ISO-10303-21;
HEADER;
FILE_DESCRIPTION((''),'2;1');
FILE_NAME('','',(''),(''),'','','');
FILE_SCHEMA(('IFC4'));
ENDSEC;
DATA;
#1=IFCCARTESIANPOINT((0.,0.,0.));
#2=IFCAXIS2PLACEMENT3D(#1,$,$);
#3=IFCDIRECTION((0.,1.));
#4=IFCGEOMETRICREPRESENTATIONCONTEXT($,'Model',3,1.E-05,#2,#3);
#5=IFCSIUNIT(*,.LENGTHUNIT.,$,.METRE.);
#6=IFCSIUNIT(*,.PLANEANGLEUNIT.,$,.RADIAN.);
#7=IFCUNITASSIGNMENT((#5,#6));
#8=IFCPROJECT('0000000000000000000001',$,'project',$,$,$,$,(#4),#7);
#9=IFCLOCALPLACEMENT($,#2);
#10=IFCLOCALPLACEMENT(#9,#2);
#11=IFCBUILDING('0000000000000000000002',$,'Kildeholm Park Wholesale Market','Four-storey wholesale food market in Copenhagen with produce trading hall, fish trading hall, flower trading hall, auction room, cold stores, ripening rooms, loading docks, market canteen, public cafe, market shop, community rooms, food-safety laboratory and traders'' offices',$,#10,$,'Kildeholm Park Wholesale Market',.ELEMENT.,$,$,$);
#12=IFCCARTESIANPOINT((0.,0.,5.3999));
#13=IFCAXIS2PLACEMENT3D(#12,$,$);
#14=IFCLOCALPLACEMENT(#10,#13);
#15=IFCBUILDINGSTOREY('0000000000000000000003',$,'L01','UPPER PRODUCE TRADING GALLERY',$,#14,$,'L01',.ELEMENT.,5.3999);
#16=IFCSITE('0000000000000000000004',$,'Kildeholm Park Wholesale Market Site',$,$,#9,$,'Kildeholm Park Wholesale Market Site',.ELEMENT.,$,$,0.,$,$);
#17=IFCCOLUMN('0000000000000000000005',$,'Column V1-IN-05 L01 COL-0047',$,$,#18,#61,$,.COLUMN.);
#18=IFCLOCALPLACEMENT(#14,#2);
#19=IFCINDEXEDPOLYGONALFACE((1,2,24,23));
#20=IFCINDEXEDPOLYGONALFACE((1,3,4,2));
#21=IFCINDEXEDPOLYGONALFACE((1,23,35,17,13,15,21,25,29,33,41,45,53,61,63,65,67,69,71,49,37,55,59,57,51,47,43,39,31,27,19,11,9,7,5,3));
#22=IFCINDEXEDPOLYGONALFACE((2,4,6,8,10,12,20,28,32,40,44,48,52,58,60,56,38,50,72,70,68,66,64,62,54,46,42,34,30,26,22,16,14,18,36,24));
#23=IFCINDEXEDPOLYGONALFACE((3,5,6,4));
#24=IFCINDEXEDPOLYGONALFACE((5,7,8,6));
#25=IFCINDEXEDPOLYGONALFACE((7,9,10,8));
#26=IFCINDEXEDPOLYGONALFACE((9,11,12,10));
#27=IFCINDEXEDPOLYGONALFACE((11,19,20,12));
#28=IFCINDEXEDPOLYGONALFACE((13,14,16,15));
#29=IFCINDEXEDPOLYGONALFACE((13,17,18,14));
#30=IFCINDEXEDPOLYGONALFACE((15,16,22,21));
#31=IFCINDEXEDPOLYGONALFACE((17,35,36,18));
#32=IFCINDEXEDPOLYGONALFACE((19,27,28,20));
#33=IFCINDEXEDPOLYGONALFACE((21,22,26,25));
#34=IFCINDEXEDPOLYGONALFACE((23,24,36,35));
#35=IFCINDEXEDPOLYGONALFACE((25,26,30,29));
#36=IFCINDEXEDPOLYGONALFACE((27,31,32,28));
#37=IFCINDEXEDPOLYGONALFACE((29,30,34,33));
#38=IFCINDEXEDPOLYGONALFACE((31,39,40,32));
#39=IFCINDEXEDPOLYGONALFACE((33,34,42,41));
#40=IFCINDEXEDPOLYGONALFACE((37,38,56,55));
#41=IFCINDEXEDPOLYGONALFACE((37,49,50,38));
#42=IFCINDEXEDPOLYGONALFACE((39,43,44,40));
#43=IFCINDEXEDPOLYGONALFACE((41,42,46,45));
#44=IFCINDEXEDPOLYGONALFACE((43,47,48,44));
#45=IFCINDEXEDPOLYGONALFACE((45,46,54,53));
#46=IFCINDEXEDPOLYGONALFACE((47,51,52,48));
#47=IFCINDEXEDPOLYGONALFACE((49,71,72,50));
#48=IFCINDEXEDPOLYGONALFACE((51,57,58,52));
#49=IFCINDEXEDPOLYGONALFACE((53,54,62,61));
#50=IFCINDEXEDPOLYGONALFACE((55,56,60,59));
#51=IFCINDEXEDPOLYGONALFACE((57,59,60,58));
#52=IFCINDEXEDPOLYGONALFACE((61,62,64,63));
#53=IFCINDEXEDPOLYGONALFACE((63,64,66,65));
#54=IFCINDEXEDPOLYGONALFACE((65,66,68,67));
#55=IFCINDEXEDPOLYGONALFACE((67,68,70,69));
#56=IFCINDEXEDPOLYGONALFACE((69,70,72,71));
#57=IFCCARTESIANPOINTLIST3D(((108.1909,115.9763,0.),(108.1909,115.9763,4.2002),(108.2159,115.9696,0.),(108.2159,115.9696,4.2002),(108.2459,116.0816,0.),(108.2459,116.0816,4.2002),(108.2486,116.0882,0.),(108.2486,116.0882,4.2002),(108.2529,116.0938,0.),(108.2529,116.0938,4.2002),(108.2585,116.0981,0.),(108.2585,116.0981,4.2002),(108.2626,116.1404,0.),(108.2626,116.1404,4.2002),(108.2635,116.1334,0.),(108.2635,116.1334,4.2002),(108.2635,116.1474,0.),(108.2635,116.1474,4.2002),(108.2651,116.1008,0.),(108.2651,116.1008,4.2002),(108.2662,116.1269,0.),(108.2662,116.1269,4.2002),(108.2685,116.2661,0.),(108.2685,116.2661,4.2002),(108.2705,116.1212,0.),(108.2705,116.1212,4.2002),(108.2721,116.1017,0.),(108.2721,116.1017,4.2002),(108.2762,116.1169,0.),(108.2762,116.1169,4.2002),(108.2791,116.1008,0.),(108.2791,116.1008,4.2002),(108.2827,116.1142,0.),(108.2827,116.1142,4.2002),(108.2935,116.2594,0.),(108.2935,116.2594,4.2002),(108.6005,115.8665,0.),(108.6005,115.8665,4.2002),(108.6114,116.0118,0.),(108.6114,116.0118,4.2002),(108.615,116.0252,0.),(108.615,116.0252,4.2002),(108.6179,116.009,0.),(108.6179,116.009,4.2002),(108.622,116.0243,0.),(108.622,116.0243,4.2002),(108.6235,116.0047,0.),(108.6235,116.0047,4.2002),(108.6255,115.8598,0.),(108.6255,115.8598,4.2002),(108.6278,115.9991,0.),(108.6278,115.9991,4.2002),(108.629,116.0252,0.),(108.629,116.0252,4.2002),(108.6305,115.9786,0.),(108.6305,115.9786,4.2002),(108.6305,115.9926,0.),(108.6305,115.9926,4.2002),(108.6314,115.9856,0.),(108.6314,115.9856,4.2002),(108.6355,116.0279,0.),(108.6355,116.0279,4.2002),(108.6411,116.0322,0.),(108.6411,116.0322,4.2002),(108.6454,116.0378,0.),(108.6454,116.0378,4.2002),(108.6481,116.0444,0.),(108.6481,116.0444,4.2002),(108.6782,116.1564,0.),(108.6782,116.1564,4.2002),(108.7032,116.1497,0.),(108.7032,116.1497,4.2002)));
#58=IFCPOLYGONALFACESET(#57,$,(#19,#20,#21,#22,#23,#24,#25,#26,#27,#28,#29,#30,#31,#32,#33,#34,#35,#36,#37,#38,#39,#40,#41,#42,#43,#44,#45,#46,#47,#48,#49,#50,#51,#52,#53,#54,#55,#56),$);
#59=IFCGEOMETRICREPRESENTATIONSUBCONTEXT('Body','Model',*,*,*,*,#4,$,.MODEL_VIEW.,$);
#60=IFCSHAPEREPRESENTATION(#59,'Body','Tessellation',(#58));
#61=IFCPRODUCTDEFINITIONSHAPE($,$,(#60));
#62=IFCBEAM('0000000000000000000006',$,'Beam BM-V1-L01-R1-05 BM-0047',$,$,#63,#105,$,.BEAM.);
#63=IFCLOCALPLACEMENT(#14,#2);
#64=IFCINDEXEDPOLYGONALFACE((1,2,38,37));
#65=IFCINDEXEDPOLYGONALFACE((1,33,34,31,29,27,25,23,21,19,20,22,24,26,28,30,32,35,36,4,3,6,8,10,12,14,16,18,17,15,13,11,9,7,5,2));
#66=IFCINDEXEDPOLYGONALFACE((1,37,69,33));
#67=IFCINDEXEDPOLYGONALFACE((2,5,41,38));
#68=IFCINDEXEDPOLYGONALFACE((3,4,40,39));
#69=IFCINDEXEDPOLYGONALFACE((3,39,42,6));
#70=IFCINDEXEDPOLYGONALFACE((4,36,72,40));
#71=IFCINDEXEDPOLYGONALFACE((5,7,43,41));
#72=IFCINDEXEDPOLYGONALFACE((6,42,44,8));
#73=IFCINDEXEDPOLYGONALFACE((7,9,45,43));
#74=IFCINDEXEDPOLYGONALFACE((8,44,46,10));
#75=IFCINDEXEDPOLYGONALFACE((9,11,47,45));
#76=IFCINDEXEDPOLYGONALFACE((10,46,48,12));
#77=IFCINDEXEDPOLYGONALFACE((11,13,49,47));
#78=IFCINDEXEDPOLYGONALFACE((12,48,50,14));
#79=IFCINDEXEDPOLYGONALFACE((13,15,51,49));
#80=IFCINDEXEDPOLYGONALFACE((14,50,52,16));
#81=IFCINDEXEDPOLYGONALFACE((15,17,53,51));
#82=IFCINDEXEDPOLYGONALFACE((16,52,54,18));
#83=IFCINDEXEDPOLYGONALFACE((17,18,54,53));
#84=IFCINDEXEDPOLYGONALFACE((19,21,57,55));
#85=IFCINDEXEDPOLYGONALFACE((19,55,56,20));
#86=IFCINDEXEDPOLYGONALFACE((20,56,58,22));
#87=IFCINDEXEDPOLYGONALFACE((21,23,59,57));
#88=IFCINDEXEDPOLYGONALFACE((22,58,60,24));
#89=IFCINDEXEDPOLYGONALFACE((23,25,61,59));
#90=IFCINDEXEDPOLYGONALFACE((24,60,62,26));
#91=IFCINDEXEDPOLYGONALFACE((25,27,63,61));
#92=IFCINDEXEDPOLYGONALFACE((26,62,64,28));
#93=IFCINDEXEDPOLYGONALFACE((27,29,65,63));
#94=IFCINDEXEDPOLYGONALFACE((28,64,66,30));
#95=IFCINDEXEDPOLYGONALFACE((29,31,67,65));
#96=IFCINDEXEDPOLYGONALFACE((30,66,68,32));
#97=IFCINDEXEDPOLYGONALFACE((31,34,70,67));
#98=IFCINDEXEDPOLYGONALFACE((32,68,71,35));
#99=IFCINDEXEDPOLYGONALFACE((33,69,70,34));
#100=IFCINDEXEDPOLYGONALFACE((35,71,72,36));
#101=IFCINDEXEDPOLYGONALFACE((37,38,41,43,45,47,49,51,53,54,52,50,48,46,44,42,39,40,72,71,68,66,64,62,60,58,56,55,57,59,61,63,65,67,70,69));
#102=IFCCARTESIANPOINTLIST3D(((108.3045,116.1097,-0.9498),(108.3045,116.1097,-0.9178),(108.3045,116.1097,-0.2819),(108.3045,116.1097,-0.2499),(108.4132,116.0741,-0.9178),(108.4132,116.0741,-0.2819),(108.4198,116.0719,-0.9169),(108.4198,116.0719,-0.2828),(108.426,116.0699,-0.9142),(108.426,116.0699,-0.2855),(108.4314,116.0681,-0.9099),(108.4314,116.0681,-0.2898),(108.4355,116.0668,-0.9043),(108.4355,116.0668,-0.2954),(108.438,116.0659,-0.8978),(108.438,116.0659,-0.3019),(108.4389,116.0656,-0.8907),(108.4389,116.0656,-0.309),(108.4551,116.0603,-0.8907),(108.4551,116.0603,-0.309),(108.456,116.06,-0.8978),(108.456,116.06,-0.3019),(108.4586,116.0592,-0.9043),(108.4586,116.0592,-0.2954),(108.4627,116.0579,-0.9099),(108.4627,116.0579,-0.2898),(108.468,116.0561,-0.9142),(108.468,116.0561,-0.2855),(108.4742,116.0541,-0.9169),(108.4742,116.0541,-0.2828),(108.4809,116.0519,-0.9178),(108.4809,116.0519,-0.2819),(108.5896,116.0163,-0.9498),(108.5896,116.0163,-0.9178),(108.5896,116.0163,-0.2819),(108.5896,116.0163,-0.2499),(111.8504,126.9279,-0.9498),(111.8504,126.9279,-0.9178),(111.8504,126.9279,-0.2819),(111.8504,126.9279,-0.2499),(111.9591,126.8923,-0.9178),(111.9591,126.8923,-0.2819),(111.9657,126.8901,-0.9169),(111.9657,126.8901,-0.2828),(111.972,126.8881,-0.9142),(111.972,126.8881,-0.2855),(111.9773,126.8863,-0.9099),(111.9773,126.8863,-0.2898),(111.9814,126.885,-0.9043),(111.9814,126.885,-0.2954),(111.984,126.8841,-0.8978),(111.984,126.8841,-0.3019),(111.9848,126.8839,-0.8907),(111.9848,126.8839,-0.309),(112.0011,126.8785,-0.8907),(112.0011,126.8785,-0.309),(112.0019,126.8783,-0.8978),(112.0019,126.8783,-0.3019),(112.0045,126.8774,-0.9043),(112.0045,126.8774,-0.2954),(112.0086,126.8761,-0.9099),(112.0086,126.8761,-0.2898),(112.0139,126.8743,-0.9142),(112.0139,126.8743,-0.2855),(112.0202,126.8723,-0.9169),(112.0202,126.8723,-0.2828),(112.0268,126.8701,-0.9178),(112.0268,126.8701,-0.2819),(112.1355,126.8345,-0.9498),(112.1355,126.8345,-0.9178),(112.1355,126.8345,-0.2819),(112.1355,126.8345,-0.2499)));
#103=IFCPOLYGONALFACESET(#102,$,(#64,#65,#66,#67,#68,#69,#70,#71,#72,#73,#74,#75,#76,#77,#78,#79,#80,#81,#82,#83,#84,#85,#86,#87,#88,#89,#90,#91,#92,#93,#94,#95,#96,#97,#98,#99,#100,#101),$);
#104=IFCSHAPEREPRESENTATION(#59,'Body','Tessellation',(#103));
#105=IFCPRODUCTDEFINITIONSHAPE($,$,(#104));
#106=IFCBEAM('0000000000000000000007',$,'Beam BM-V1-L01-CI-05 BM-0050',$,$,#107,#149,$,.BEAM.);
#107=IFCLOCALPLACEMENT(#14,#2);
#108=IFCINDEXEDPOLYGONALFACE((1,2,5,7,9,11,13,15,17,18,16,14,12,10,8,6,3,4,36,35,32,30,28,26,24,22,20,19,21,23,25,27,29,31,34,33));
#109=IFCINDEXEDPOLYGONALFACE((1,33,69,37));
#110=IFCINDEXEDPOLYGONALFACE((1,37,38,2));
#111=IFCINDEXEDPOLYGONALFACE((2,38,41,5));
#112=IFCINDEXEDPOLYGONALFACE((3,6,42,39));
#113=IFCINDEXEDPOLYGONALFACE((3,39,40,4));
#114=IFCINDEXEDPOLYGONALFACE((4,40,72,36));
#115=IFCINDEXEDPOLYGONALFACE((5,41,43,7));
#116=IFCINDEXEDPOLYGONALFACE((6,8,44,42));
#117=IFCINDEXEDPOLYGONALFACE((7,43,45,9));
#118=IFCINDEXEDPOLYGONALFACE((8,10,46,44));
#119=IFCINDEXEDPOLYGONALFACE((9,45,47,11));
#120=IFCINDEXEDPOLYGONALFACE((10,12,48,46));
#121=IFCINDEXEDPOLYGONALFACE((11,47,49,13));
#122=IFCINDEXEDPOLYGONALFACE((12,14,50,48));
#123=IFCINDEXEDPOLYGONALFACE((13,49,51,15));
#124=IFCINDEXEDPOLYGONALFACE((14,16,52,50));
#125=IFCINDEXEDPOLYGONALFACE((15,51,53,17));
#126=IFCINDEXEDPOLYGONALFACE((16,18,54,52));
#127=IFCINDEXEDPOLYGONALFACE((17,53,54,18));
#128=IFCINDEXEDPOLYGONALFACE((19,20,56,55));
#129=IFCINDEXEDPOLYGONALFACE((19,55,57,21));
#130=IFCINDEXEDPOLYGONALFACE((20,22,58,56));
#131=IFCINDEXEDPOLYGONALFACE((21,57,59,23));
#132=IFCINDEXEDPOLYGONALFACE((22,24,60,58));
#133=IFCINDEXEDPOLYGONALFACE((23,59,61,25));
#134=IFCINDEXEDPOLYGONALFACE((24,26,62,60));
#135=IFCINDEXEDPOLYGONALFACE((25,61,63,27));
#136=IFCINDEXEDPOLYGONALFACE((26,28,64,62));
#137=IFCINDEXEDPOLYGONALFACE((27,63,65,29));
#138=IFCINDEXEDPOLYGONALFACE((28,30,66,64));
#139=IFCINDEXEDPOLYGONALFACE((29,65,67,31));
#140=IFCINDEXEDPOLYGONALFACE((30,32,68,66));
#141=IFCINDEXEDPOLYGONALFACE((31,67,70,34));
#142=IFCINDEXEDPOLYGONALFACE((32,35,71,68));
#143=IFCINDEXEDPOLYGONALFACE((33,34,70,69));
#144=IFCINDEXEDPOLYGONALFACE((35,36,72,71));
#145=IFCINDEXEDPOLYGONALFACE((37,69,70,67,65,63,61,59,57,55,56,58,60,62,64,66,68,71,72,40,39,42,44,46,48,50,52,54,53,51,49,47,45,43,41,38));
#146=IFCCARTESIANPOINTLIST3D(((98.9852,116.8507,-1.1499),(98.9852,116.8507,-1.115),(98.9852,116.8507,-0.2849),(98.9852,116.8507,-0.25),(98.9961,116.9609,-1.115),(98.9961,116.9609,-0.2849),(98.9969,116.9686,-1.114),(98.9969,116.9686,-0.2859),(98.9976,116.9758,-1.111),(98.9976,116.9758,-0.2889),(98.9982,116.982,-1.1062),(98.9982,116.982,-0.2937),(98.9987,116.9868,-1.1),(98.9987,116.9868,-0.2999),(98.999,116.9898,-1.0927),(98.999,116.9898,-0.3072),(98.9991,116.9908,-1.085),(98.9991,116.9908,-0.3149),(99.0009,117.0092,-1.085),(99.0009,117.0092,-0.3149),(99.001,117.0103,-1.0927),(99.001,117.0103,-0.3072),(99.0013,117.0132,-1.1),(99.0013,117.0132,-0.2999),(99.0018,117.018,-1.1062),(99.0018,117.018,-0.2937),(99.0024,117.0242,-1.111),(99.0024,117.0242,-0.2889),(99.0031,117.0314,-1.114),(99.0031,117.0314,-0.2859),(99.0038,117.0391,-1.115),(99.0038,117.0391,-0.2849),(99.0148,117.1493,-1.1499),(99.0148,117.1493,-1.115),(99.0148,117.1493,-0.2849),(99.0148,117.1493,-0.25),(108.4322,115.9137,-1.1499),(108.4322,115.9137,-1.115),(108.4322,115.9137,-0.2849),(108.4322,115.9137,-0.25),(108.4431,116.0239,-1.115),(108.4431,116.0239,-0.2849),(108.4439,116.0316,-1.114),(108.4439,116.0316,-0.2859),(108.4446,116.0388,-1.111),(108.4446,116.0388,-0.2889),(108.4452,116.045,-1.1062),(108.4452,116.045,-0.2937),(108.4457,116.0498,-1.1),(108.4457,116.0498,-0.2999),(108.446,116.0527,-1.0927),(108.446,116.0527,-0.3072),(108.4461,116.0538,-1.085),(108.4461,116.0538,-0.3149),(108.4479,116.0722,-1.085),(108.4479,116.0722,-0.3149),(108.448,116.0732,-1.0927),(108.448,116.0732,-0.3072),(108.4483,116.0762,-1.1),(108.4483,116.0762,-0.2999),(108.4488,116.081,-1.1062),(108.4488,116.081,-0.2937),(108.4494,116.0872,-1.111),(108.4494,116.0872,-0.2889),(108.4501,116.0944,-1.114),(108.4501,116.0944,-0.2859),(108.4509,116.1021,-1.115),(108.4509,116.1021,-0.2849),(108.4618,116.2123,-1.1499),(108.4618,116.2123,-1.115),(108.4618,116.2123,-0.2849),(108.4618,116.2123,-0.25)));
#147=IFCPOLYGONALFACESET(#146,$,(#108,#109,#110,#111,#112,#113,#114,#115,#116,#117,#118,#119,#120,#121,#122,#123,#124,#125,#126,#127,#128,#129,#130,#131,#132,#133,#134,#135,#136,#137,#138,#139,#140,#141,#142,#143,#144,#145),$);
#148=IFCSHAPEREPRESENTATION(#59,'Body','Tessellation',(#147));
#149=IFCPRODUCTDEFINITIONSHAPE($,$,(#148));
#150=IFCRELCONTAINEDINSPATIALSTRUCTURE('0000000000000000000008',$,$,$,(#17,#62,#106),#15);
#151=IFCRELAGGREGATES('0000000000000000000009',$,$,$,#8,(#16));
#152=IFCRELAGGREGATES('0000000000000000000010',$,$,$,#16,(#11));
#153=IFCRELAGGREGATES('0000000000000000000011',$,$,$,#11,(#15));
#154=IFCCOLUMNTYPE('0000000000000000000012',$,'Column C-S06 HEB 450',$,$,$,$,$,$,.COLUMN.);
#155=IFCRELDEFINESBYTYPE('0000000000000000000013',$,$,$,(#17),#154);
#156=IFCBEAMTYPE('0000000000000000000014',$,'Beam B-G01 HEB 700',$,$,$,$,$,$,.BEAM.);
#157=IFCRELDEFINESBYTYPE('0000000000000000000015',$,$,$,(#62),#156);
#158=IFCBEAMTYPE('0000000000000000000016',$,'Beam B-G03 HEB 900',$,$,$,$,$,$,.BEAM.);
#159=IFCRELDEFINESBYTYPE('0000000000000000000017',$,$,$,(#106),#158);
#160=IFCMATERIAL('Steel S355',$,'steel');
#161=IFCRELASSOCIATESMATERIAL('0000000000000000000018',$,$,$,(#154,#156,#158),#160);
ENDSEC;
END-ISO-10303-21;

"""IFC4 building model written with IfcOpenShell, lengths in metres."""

from ifc_helpers import new_model, si_unit, direction, frame, origin, origin_2d, place, context, subcontext, project, spatial, i_section, extrude, material, material_profile, profile_set, type_object, element, save


model = new_model("IFC4")

# Units and contexts
model_context = context("Model", 3, precision=1e-05, world=origin(), true_north=direction((0.0, 1.0)))
body_context = subcontext(model_context, "Body", "Model", "MODEL_VIEW")
ifc_project = project(units=[si_unit("LENGTHUNIT", "METRE"), si_unit("PLANEANGLEUNIT", "RADIAN")], contexts=[model_context])

# Site, building, storey
site_placement = place(None, origin())
site = spatial("IfcSite", under=ifc_project, at=site_placement, Name="Kildeholm Park Wholesale Market Site", LongName="Kildeholm Park Wholesale Market Site", CompositionType="ELEMENT", RefElevation=0.0)
building_placement = place(site_placement, origin())
building = spatial("IfcBuilding", under=site, at=building_placement, Name="Kildeholm Park Wholesale Market", Description="Four-storey wholesale food market in Copenhagen with produce trading hall, fish trading hall, flower trading hall, auction room, cold stores, ripening rooms, loading docks, market canteen, public cafe, market shop, community rooms, food-safety laboratory and traders' offices", LongName="Kildeholm Park Wholesale Market", CompositionType="ELEMENT")
storey_placement = place(building_placement, frame((0.0, 0.0, 5.3999)))
storey = spatial("IfcBuildingStorey", under=building, at=storey_placement, Name="L01", Description="UPPER PRODUCE TRADING GALLERY", LongName="L01", CompositionType="ELEMENT", Elevation=5.3999)

# Column
ifc_material_1 = material(Name="Steel S355", Category="steel")
ifc_material_profile_1 = material_profile(ifc_material_1, i_section(OverallWidth=0.3, OverallDepth=0.45, WebThickness=0.0139, FlangeThickness=0.0259, FilletRadius=0.0271, at=origin_2d()), Name="HEB 450")
ifc_profile_set_1 = profile_set([ifc_material_profile_1], Name="Steel S355")
column_type = type_object("IfcColumnType", Name="Column C-S06 HEB 450", PredefinedType="COLUMN", material=ifc_profile_set_1)
column_placement = place(storey_placement, frame((108.447, 116.063, 0.0), z_axis=(0.0, 0.0, 1.0), x_axis=(0.258819, 0.965926, 0.0)))
element("IfcColumn", 1, at=column_placement, inside=storey, type_object=column_type, Name="Column V1-IN-05 L01 COL-0047", PredefinedType="COLUMN", context=body_context, shape_type="SweptSolid", body=[
    extrude(i_section(OverallWidth=0.3, OverallDepth=0.45, WebThickness=0.0139, FlangeThickness=0.0259, FilletRadius=0.0271, at=origin_2d()), origin(), (0.0, 0.0, 1.0), 4.2002),
])

# Beams
ifc_material_profile_2 = material_profile(ifc_material_1, i_section(OverallWidth=0.3, OverallDepth=0.7, WebThickness=0.0171, FlangeThickness=0.032, FilletRadius=0.0271, at=origin_2d()), Name="HEB 700")
ifc_profile_set_2 = profile_set([ifc_material_profile_2], Name="Steel S355")
beam_type_1 = type_object("IfcBeamType", Name="Beam B-G01 HEB 700", PredefinedType="BEAM", material=ifc_profile_set_2)
beam_1_placement = place(storey_placement, frame((108.447, 116.063, -0.5999), z_axis=(0.311469, 0.950256, 0.0), x_axis=(-0.950256, 0.311469, 0.0)))
element("IfcBeam", 2, at=beam_1_placement, inside=storey, type_object=beam_type_1, Name="Beam BM-V1-L01-R1-05 BM-0047", PredefinedType="BEAM", context=body_context, shape_type="SweptSolid", body=[
    extrude(i_section(OverallWidth=0.3, OverallDepth=0.7, WebThickness=0.0171, FlangeThickness=0.032, FilletRadius=0.0271, at=origin_2d()), origin(), (0.0, 0.0, 1.0), 11.3845),
])
ifc_material_profile_3 = material_profile(ifc_material_1, i_section(OverallWidth=0.3, OverallDepth=0.8999, WebThickness=0.0186, FlangeThickness=0.0349, FilletRadius=0.03, at=origin_2d()), Name="HEB 900")
ifc_profile_set_3 = profile_set([ifc_material_profile_3], Name="Steel S355")
beam_type_2 = type_object("IfcBeamType", Name="Beam B-G03 HEB 900", PredefinedType="BEAM", material=ifc_profile_set_3)
beam_2_placement = place(storey_placement, frame((108.447, 116.063, -0.7), z_axis=(-0.995117, 0.098702, 0.0), x_axis=(-0.098702, -0.995117, 0.0)))
element("IfcBeam", 3, at=beam_2_placement, inside=storey, type_object=beam_type_2, Name="Beam BM-V1-L01-CI-05 BM-0050", PredefinedType="BEAM", context=body_context, shape_type="SweptSolid", body=[
    extrude(i_section(OverallWidth=0.3, OverallDepth=0.8999, WebThickness=0.0186, FlangeThickness=0.0349, FilletRadius=0.03, at=origin_2d()), origin(), (0.0, 0.0, 1.0), 9.4934),
])

save(model, "model.ifc")
